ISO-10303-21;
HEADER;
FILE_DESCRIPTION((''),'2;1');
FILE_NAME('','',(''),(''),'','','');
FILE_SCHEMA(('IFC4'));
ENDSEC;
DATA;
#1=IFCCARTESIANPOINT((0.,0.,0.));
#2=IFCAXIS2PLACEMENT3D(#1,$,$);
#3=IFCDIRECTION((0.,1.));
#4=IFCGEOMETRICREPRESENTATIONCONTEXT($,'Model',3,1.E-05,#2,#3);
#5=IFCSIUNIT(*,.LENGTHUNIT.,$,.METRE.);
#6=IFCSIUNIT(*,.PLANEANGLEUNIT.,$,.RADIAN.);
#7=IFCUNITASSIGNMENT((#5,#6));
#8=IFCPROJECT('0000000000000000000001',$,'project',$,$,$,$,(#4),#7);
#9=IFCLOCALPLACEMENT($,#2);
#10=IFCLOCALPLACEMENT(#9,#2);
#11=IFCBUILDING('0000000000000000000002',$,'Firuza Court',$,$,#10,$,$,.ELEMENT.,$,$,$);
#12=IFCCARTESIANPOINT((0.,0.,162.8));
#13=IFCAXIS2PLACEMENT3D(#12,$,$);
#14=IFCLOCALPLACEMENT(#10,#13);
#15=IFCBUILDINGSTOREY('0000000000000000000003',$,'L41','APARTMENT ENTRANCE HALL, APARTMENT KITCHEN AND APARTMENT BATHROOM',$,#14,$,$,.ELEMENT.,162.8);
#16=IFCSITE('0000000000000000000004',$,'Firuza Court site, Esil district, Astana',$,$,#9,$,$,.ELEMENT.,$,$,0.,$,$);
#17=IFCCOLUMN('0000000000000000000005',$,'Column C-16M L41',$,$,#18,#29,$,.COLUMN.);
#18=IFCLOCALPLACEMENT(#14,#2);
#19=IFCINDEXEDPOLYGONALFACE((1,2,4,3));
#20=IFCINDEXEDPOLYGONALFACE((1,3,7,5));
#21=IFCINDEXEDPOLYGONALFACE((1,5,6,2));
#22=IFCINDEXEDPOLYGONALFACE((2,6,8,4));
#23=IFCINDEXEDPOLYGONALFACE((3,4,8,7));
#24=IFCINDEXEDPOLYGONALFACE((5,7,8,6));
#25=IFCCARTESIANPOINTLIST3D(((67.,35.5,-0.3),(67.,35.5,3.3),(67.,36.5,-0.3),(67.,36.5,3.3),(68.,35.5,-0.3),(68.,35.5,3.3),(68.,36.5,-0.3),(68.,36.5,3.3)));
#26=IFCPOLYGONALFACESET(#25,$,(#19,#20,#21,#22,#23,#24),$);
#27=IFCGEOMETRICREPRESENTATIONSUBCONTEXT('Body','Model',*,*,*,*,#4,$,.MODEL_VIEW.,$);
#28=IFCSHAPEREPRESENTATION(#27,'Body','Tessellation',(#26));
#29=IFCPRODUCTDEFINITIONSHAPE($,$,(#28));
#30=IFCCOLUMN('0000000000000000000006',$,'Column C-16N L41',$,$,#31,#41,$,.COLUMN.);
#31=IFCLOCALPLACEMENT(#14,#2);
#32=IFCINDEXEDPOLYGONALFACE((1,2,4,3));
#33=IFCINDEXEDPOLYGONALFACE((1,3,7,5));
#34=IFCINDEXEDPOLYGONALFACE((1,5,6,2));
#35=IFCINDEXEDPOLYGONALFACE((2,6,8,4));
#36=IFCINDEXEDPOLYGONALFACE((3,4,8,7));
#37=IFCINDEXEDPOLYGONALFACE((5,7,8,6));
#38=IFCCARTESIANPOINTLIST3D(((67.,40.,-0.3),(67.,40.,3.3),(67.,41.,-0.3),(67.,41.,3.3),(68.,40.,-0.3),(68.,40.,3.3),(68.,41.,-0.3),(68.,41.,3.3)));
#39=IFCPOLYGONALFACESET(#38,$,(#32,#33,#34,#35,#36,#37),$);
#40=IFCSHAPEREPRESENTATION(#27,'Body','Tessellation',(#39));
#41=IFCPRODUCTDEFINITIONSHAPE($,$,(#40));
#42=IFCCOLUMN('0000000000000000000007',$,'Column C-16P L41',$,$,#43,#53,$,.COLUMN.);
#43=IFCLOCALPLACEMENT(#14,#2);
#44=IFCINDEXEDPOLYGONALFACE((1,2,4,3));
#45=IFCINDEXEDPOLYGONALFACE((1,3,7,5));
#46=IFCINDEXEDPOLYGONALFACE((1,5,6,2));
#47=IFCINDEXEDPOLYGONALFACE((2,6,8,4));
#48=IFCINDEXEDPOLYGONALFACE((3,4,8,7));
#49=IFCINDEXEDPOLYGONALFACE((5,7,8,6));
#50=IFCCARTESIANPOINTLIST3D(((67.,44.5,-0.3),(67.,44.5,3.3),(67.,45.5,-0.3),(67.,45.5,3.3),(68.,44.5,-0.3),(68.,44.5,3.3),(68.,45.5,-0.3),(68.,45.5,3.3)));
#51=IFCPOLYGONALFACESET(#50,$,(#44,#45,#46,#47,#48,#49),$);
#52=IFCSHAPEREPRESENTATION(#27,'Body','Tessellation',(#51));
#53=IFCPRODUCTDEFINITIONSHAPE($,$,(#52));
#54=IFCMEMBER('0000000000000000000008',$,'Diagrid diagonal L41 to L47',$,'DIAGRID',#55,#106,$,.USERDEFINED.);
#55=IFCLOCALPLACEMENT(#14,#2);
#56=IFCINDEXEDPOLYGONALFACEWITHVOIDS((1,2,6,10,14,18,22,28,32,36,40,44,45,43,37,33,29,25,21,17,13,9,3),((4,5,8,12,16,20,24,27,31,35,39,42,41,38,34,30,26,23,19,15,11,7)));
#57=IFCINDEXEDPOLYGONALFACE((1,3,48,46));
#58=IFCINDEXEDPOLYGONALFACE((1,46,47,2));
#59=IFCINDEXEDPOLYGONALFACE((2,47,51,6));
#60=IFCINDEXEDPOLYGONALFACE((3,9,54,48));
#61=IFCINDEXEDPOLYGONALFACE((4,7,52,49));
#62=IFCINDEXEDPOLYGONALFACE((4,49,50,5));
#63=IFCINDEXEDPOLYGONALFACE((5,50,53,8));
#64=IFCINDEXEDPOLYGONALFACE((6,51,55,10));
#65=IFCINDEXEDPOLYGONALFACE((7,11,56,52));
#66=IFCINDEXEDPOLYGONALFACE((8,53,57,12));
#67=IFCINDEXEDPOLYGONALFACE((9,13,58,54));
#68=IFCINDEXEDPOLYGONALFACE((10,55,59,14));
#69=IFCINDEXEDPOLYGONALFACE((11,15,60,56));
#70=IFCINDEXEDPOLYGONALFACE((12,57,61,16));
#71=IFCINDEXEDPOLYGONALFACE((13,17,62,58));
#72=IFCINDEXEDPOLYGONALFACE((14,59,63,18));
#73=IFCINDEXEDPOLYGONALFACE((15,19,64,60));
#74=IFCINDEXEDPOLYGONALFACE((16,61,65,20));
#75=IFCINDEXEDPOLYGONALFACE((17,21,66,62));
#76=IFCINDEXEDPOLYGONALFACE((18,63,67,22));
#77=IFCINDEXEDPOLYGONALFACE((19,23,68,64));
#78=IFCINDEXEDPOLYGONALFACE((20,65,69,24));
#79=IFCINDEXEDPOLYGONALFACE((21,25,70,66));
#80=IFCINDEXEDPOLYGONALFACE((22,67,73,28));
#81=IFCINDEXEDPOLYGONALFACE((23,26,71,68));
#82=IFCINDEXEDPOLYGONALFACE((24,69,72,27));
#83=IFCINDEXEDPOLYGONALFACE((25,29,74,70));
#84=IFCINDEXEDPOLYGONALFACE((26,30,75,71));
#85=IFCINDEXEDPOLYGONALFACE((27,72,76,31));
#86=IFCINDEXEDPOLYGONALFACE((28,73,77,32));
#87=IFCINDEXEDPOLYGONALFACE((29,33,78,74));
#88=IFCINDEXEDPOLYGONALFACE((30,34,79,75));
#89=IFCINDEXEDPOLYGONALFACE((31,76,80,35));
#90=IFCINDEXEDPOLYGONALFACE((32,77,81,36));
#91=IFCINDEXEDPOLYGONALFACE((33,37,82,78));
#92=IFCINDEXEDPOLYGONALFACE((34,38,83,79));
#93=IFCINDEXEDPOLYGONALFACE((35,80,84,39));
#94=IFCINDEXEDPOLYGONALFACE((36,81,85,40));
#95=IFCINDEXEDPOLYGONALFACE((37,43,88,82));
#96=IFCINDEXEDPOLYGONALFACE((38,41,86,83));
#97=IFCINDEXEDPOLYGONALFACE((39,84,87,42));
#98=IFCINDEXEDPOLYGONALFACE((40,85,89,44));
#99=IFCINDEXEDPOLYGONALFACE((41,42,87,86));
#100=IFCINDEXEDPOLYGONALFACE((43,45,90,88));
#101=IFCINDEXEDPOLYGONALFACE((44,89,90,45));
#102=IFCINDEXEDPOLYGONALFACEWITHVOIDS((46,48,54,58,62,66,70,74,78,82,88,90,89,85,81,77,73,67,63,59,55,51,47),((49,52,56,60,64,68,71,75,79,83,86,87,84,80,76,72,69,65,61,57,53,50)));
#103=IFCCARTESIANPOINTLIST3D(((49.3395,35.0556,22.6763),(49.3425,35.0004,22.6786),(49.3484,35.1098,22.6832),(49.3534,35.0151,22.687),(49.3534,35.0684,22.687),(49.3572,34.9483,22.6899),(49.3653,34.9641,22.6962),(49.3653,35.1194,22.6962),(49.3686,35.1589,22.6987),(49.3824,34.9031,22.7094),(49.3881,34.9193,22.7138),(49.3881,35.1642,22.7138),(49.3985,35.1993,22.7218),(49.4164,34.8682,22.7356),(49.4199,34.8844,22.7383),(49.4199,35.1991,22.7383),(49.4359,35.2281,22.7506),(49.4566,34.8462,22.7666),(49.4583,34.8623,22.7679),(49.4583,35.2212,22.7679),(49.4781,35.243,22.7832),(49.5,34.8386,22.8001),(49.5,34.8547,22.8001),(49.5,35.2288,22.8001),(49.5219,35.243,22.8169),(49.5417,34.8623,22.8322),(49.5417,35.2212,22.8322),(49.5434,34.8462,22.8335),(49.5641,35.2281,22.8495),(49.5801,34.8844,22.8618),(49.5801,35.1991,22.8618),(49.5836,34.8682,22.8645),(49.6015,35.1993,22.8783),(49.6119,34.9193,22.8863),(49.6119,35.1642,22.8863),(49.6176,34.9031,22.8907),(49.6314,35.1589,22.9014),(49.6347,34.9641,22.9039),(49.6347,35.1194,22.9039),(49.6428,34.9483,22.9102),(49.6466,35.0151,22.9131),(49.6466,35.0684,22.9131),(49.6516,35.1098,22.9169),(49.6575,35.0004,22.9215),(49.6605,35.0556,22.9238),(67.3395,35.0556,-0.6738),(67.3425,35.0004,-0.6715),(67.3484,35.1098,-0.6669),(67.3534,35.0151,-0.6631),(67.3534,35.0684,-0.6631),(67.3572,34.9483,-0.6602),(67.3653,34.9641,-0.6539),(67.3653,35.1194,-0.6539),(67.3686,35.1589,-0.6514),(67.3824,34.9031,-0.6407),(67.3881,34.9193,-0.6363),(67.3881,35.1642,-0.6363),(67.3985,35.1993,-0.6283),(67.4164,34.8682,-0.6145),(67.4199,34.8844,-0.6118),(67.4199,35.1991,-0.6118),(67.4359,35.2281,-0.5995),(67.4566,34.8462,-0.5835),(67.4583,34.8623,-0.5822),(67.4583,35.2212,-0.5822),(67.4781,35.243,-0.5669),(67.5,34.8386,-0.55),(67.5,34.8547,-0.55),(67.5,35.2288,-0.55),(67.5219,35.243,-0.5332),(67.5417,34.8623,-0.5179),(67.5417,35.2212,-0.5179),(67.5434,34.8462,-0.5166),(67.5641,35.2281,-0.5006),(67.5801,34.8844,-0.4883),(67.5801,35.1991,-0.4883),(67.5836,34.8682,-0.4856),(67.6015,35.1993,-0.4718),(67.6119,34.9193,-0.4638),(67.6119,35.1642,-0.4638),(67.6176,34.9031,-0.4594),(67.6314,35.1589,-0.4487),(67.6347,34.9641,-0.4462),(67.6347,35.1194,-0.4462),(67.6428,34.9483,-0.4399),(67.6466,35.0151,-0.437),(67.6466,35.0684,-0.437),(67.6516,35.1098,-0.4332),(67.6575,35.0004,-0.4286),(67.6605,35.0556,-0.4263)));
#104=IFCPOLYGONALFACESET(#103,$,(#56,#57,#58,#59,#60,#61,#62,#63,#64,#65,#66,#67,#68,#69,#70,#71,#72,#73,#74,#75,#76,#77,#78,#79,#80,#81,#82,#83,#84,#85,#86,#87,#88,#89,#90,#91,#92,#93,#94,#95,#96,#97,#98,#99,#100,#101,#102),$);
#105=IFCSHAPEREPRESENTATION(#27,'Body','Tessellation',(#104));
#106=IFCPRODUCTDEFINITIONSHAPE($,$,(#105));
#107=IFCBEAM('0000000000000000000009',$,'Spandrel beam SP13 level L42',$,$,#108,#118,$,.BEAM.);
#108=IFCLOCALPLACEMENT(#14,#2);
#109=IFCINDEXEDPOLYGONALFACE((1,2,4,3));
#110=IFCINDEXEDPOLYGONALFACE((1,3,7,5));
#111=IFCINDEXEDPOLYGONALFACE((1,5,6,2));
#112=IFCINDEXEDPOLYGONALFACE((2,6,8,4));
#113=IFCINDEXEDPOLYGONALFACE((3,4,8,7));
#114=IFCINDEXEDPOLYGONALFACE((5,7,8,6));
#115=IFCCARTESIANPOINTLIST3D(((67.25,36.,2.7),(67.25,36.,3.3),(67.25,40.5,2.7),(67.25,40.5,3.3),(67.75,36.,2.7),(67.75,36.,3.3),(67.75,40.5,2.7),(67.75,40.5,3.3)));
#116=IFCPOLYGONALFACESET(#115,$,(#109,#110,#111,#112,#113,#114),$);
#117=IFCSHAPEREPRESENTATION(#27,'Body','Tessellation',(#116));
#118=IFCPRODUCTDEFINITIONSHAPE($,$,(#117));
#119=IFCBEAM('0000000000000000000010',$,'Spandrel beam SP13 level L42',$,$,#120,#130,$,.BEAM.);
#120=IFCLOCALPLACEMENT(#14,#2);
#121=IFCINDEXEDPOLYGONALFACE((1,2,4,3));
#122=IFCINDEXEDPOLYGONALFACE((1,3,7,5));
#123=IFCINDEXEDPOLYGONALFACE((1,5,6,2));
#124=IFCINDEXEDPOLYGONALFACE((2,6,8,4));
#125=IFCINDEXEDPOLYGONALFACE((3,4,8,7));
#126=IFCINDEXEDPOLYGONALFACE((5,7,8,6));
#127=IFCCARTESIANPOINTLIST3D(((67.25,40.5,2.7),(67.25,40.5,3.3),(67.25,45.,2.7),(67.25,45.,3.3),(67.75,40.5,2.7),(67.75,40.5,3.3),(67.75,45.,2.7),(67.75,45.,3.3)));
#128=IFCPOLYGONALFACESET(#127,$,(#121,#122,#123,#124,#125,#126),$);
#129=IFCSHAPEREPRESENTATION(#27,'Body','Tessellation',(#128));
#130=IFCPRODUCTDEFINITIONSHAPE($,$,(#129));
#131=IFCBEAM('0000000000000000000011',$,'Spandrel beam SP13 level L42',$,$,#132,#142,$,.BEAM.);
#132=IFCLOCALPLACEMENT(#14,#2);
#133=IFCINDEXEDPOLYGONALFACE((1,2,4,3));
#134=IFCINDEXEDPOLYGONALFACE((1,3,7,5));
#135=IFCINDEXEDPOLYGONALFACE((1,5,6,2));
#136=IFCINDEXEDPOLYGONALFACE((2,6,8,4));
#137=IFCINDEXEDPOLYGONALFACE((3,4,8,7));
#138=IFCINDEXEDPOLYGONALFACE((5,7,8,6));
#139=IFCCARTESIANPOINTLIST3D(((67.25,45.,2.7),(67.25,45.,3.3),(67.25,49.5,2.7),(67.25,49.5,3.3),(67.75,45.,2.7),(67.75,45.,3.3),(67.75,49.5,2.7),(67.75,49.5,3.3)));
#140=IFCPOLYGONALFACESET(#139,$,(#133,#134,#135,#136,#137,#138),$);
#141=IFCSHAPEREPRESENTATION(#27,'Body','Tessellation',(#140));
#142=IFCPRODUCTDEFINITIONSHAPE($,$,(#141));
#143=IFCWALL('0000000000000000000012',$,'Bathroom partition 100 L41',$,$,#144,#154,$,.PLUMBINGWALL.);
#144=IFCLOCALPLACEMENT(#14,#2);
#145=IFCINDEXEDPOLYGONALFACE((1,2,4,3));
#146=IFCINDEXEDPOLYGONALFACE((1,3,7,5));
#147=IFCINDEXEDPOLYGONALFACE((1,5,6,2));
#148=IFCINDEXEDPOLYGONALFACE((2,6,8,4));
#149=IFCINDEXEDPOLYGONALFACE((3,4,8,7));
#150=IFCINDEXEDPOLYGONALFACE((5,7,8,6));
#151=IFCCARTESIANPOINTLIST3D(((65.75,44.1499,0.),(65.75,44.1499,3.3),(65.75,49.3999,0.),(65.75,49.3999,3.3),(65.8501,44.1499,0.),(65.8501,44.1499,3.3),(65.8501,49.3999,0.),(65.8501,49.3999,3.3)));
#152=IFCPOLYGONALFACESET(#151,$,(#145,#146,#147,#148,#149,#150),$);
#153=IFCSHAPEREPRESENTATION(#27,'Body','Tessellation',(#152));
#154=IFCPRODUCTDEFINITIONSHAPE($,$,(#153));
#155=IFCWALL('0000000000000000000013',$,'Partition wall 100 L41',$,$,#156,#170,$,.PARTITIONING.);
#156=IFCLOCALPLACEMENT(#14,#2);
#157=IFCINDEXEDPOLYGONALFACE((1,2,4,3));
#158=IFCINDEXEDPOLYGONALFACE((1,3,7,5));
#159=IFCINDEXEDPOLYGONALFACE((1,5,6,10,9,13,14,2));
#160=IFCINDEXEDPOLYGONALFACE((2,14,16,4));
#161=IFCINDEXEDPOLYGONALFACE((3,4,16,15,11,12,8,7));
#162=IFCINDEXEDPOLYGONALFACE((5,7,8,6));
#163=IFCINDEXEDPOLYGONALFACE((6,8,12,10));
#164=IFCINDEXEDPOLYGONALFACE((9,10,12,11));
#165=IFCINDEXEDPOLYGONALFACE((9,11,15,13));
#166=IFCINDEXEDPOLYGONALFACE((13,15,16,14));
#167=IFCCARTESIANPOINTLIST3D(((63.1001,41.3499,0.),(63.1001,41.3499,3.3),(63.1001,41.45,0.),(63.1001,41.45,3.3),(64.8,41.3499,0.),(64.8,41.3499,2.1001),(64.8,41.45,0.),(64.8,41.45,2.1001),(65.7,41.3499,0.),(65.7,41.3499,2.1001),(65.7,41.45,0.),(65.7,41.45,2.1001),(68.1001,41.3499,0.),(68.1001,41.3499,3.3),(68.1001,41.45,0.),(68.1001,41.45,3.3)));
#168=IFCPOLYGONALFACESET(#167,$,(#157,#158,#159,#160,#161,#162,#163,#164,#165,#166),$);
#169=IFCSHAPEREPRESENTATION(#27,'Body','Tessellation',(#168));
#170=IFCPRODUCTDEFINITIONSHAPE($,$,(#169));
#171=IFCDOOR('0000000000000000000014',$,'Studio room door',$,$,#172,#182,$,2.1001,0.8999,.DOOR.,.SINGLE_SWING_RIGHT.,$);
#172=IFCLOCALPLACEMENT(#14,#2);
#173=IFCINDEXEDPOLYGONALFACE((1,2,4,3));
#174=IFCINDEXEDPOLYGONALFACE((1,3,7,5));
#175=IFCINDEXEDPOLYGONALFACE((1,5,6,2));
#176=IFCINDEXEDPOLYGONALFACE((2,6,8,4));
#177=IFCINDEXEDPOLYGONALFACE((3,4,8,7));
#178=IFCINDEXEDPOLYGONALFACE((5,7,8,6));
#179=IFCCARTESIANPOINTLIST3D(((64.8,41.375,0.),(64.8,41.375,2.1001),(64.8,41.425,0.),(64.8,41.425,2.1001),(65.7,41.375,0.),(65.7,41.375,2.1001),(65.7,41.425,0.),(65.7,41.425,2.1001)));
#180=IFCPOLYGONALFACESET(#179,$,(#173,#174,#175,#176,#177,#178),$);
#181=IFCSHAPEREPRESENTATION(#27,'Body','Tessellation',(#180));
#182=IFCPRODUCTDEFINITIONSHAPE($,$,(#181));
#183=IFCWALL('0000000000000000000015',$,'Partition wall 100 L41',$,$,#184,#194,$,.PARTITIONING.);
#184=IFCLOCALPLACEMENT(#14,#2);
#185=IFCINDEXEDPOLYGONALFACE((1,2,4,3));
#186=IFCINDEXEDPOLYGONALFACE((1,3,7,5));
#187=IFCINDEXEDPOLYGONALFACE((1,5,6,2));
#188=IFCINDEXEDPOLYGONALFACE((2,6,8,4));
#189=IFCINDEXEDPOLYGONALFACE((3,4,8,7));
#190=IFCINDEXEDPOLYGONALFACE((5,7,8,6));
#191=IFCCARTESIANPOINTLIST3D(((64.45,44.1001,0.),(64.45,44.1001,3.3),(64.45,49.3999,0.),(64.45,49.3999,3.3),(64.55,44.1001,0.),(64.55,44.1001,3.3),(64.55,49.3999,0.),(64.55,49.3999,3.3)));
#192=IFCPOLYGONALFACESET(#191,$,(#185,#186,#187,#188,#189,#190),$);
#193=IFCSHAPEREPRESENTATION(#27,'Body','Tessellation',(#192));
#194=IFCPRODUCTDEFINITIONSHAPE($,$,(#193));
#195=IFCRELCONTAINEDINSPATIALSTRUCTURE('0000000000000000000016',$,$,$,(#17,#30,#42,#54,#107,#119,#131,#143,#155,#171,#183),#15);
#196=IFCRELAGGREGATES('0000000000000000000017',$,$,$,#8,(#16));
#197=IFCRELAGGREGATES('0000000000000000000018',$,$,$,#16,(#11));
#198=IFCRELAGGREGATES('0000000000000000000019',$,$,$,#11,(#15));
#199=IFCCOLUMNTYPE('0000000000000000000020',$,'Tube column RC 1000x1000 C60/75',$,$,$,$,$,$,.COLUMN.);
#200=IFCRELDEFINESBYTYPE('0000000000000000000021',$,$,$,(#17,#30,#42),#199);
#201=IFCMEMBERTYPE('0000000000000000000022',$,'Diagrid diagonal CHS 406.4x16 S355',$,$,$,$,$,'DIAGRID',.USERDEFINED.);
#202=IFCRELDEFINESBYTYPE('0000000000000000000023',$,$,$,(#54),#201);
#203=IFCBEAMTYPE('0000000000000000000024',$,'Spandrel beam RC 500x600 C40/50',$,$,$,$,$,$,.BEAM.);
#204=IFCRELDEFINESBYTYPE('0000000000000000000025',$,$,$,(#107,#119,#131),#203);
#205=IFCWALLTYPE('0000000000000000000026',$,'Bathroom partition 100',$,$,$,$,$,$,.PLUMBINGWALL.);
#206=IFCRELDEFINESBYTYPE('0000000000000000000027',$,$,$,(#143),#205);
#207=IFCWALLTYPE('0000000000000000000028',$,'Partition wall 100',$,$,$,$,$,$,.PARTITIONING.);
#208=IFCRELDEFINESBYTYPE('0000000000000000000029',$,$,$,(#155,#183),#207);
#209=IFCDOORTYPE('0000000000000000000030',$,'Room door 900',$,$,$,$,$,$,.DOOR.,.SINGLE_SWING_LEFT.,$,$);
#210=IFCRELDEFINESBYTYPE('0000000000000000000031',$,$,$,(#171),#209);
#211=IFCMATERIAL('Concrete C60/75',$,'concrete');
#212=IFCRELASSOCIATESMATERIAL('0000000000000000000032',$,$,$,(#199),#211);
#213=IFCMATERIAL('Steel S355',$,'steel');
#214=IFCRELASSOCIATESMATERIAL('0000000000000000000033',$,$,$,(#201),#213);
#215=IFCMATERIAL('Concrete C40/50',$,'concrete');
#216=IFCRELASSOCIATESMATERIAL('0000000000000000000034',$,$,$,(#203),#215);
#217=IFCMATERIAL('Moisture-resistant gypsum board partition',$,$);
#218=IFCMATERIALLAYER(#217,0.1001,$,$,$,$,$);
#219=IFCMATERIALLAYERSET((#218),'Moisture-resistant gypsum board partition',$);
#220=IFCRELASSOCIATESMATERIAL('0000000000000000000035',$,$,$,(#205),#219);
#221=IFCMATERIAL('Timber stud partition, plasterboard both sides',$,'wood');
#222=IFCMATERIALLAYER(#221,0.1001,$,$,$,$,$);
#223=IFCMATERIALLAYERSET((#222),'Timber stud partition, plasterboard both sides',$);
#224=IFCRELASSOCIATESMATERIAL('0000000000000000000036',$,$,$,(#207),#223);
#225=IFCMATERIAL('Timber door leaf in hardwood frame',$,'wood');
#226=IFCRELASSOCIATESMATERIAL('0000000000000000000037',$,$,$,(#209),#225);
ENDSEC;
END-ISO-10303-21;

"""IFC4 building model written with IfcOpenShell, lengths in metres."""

from ifc_helpers import new_model, si_unit, direction, frame, frame_2d, origin, origin_2d, place, context, subcontext, project, spatial, rectangle, hollow_circle, extrude, material, layer, layer_set, material_profile, profile_set, type_object, element, fill, save


model = new_model("IFC4")

# Units and contexts
model_context = context("Model", 3, precision=1e-05, world=origin(), true_north=direction((0.0, 1.0)))
body_context = subcontext(model_context, "Body", "Model", "MODEL_VIEW")
ifc_project = project(units=[si_unit("LENGTHUNIT", "METRE"), si_unit("PLANEANGLEUNIT", "RADIAN")], contexts=[model_context])

# Site, building, storey
site_placement = place(None, origin())
site = spatial("IfcSite", under=ifc_project, at=site_placement, Name="Firuza Court site, Esil district, Astana", CompositionType="ELEMENT", RefElevation=0.0)
building_placement = place(site_placement, origin())
building = spatial("IfcBuilding", under=site, at=building_placement, Name="Firuza Court", CompositionType="ELEMENT")
storey_placement = place(building_placement, frame((0.0, 0.0, 162.8)))
storey = spatial("IfcBuildingStorey", under=building, at=storey_placement, Name="L41", Description="APARTMENT ENTRANCE HALL, APARTMENT KITCHEN AND APARTMENT BATHROOM", CompositionType="ELEMENT", Elevation=162.8)

# Columns
ifc_material_1 = material(Name="Concrete C60/75", Category="concrete")
ifc_material_profile_1 = material_profile(ifc_material_1, rectangle(XDim=1.0, YDim=1.0, at=origin_2d()), Name="RC 1000x1000")
ifc_profile_set_1 = profile_set([ifc_material_profile_1], Name="Concrete C60/75")
column_type = type_object("IfcColumnType", Name="Tube column RC 1000x1000 C60/75", PredefinedType="COLUMN", material=ifc_profile_set_1)
for number, where, z_axis, x_axis, name in (
    (1, (67.5, 36.0, -0.3), (0.0, 0.0, 1.0), (1.0, 0.0, 0.0), "Column C-16M L41"),
    (2, (67.5, 40.5, -0.3), (0.0, 0.0, 1.0), (1.0, 0.0, 0.0), "Column C-16N L41"),
    (3, (67.5, 45.0, -0.3), (0.0, 0.0, 1.0), (1.0, 0.0, 0.0), "Column C-16P L41"),
):
    element("IfcColumn", number, at=place(storey_placement, frame(where, z_axis=z_axis, x_axis=x_axis)), inside=storey, type_object=column_type, Name=name, PredefinedType="COLUMN", context=body_context, shape_type="SweptSolid", body=[
        extrude(rectangle(XDim=1.0, YDim=1.0, at=origin_2d()), origin(), (0.0, 0.0, 1.0), 3.6001),
    ])

# Member
ifc_material_2 = material(Name="Steel S355", Category="steel")
ifc_material_profile_2 = material_profile(ifc_material_2, hollow_circle(Radius=0.2031, WallThickness=0.0161, at=origin_2d()), Name="CHS 406.4x16")
ifc_profile_set_2 = profile_set([ifc_material_profile_2], Name="Steel S355")
member_type = type_object("IfcMemberType", Name="Diagrid diagonal CHS 406.4x16 S355", ElementType="DIAGRID", PredefinedType="USERDEFINED", material=ifc_profile_set_2)
member_placement = place(storey_placement, frame((67.5, 35.0417, -0.55), z_axis=(-0.610528, 0.0, 0.791994), x_axis=(0.0, -1.0, 0.0)))
element("IfcMember", 4, at=member_placement, inside=storey, type_object=member_type, Name="Diagrid diagonal L41 to L47", ObjectType="DIAGRID", PredefinedType="USERDEFINED", context=body_context, shape_type="SweptSolid", body=[
    extrude(hollow_circle(Radius=0.2031, WallThickness=0.0161, at=origin_2d()), origin(), (0.0, 0.0, 1.0), 29.4827),
])

# Beams
ifc_material_3 = material(Name="Concrete C40/50", Category="concrete")
ifc_material_profile_3 = material_profile(ifc_material_3, rectangle(XDim=0.5, YDim=0.6001, at=origin_2d()), Name="RC 500x600")
ifc_profile_set_3 = profile_set([ifc_material_profile_3], Name="Concrete C40/50")
beam_type = type_object("IfcBeamType", Name="Spandrel beam RC 500x600 C40/50", PredefinedType="BEAM", material=ifc_profile_set_3)
for number, where, z_axis, x_axis, name in (
    (5, (67.5, 36.0, 3.0), (0.0, 1.0, 0.0), (-1.0, 0.0, 0.0), "Spandrel beam SP13 level L42"),
    (6, (67.5, 40.5, 3.0), (0.0, 1.0, 0.0), (-1.0, 0.0, 0.0), "Spandrel beam SP13 level L42"),
    (7, (67.5, 45.0, 3.0), (0.0, 1.0, 0.0), (-1.0, 0.0, 0.0), "Spandrel beam SP13 level L42"),
):
    element("IfcBeam", number, at=place(storey_placement, frame(where, z_axis=z_axis, x_axis=x_axis)), inside=storey, type_object=beam_type, Name=name, PredefinedType="BEAM", context=body_context, shape_type="SweptSolid", body=[
        extrude(rectangle(XDim=0.5, YDim=0.6001, at=origin_2d()), origin(), (0.0, 0.0, 1.0), 4.5),
    ])

# Wall
ifc_material_4 = material(Name="Moisture-resistant gypsum board partition")
ifc_layer_1 = layer(ifc_material_4, 0.1001)
ifc_layer_set_1 = layer_set([ifc_layer_1], Name="Moisture-resistant gypsum board partition")
wall_type_1 = type_object("IfcWallType", Name="Bathroom partition 100", PredefinedType="PLUMBINGWALL", material=ifc_layer_set_1)
wall_1_placement = place(storey_placement, frame((65.8, 44.1499, 0.0), z_axis=(0.0, 0.0, 1.0), x_axis=(0.0, 1.0, 0.0)))
element("IfcWall", 8, at=wall_1_placement, inside=storey, type_object=wall_type_1, Name="Bathroom partition 100 L41", PredefinedType="PLUMBINGWALL", context=body_context, shape_type="SweptSolid", body=[
    extrude(rectangle(XDim=5.25, YDim=0.1001, at=frame_2d((2.625, 0.0))), origin(), (0.0, 0.0, 1.0), 3.3),
])

# Wall, opening, door
ifc_material_5 = material(Name="Timber stud partition, plasterboard both sides", Category="wood")
ifc_layer_2 = layer(ifc_material_5, 0.1001)
ifc_layer_set_2 = layer_set([ifc_layer_2], Name="Timber stud partition, plasterboard both sides")
wall_type_2 = type_object("IfcWallType", Name="Partition wall 100", PredefinedType="PARTITIONING", material=ifc_layer_set_2)
wall_2_placement = place(storey_placement, frame((63.1001, 41.3999, 0.0), z_axis=(0.0, 0.0, 1.0), x_axis=(1.0, 0.0, 0.0)))
wall_2 = element("IfcWall", 9, at=wall_2_placement, inside=storey, type_object=wall_type_2, Name="Partition wall 100 L41", PredefinedType="PARTITIONING", context=body_context, shape_type="SweptSolid", body=[
    extrude(rectangle(XDim=5.0, YDim=0.1001, at=frame_2d((2.5, 0.0))), origin(), (0.0, 0.0, 1.0), 3.3),
])
opening_1_placement = place(wall_2_placement, frame((1.7, 0.0, 0.0)))
opening_1 = element("IfcOpeningElement", 10, at=opening_1_placement, cuts=wall_2, PredefinedType="OPENING", context=body_context, shape_type="SweptSolid", body=[
    extrude(rectangle(XDim=0.8999, YDim=2.1001, at=frame_2d((0.45, 1.05))), frame((0.0, 0.062, 0.0), z_axis=(0.0, -1.0, 0.0), x_axis=(1.0, 0.0, 0.0)), (0.0, 0.0, 1.0), 0.124),
])
ifc_material_6 = material(Name="Timber door leaf in hardwood frame", Category="wood")
door_type_1 = type_object("IfcDoorType", Name="Room door 900", OperationType="SINGLE_SWING_LEFT", PredefinedType="DOOR", material=ifc_material_6)
door_1_placement = place(opening_1_placement, frame((0.8999, 0.0, 0.0), z_axis=(0.0, 0.0, 1.0), x_axis=(-1.0, 0.0, 0.0)))
door_1 = element("IfcDoor", 11, at=door_1_placement, inside=storey, type_object=door_type_1, Name="Studio room door", OperationType="SINGLE_SWING_RIGHT", OverallHeight=2.1001, OverallWidth=0.8999, PredefinedType="DOOR", context=body_context, shape_type="SweptSolid", body=[
    extrude(rectangle(XDim=0.8999, YDim=2.1001, at=frame_2d((0.45, 1.05))), frame((0.0, 0.0249, 0.0), z_axis=(0.0, -1.0, 0.0), x_axis=(1.0, 0.0, 0.0)), (0.0, 0.0, 1.0), 0.05),
])
fill(opening_1, door_1)

# Wall
wall_3_placement = place(storey_placement, frame((64.5, 44.1001, 0.0), z_axis=(0.0, 0.0, 1.0), x_axis=(0.0, 1.0, 0.0)))
element("IfcWall", 12, at=wall_3_placement, inside=storey, type_object=wall_type_2, Name="Partition wall 100 L41", PredefinedType="PARTITIONING", context=body_context, shape_type="SweptSolid", body=[
    extrude(rectangle(XDim=5.2998, YDim=0.1001, at=frame_2d((2.6499, 0.0))), origin(), (0.0, 0.0, 1.0), 3.3),
])

save(model, "model.ifc")
